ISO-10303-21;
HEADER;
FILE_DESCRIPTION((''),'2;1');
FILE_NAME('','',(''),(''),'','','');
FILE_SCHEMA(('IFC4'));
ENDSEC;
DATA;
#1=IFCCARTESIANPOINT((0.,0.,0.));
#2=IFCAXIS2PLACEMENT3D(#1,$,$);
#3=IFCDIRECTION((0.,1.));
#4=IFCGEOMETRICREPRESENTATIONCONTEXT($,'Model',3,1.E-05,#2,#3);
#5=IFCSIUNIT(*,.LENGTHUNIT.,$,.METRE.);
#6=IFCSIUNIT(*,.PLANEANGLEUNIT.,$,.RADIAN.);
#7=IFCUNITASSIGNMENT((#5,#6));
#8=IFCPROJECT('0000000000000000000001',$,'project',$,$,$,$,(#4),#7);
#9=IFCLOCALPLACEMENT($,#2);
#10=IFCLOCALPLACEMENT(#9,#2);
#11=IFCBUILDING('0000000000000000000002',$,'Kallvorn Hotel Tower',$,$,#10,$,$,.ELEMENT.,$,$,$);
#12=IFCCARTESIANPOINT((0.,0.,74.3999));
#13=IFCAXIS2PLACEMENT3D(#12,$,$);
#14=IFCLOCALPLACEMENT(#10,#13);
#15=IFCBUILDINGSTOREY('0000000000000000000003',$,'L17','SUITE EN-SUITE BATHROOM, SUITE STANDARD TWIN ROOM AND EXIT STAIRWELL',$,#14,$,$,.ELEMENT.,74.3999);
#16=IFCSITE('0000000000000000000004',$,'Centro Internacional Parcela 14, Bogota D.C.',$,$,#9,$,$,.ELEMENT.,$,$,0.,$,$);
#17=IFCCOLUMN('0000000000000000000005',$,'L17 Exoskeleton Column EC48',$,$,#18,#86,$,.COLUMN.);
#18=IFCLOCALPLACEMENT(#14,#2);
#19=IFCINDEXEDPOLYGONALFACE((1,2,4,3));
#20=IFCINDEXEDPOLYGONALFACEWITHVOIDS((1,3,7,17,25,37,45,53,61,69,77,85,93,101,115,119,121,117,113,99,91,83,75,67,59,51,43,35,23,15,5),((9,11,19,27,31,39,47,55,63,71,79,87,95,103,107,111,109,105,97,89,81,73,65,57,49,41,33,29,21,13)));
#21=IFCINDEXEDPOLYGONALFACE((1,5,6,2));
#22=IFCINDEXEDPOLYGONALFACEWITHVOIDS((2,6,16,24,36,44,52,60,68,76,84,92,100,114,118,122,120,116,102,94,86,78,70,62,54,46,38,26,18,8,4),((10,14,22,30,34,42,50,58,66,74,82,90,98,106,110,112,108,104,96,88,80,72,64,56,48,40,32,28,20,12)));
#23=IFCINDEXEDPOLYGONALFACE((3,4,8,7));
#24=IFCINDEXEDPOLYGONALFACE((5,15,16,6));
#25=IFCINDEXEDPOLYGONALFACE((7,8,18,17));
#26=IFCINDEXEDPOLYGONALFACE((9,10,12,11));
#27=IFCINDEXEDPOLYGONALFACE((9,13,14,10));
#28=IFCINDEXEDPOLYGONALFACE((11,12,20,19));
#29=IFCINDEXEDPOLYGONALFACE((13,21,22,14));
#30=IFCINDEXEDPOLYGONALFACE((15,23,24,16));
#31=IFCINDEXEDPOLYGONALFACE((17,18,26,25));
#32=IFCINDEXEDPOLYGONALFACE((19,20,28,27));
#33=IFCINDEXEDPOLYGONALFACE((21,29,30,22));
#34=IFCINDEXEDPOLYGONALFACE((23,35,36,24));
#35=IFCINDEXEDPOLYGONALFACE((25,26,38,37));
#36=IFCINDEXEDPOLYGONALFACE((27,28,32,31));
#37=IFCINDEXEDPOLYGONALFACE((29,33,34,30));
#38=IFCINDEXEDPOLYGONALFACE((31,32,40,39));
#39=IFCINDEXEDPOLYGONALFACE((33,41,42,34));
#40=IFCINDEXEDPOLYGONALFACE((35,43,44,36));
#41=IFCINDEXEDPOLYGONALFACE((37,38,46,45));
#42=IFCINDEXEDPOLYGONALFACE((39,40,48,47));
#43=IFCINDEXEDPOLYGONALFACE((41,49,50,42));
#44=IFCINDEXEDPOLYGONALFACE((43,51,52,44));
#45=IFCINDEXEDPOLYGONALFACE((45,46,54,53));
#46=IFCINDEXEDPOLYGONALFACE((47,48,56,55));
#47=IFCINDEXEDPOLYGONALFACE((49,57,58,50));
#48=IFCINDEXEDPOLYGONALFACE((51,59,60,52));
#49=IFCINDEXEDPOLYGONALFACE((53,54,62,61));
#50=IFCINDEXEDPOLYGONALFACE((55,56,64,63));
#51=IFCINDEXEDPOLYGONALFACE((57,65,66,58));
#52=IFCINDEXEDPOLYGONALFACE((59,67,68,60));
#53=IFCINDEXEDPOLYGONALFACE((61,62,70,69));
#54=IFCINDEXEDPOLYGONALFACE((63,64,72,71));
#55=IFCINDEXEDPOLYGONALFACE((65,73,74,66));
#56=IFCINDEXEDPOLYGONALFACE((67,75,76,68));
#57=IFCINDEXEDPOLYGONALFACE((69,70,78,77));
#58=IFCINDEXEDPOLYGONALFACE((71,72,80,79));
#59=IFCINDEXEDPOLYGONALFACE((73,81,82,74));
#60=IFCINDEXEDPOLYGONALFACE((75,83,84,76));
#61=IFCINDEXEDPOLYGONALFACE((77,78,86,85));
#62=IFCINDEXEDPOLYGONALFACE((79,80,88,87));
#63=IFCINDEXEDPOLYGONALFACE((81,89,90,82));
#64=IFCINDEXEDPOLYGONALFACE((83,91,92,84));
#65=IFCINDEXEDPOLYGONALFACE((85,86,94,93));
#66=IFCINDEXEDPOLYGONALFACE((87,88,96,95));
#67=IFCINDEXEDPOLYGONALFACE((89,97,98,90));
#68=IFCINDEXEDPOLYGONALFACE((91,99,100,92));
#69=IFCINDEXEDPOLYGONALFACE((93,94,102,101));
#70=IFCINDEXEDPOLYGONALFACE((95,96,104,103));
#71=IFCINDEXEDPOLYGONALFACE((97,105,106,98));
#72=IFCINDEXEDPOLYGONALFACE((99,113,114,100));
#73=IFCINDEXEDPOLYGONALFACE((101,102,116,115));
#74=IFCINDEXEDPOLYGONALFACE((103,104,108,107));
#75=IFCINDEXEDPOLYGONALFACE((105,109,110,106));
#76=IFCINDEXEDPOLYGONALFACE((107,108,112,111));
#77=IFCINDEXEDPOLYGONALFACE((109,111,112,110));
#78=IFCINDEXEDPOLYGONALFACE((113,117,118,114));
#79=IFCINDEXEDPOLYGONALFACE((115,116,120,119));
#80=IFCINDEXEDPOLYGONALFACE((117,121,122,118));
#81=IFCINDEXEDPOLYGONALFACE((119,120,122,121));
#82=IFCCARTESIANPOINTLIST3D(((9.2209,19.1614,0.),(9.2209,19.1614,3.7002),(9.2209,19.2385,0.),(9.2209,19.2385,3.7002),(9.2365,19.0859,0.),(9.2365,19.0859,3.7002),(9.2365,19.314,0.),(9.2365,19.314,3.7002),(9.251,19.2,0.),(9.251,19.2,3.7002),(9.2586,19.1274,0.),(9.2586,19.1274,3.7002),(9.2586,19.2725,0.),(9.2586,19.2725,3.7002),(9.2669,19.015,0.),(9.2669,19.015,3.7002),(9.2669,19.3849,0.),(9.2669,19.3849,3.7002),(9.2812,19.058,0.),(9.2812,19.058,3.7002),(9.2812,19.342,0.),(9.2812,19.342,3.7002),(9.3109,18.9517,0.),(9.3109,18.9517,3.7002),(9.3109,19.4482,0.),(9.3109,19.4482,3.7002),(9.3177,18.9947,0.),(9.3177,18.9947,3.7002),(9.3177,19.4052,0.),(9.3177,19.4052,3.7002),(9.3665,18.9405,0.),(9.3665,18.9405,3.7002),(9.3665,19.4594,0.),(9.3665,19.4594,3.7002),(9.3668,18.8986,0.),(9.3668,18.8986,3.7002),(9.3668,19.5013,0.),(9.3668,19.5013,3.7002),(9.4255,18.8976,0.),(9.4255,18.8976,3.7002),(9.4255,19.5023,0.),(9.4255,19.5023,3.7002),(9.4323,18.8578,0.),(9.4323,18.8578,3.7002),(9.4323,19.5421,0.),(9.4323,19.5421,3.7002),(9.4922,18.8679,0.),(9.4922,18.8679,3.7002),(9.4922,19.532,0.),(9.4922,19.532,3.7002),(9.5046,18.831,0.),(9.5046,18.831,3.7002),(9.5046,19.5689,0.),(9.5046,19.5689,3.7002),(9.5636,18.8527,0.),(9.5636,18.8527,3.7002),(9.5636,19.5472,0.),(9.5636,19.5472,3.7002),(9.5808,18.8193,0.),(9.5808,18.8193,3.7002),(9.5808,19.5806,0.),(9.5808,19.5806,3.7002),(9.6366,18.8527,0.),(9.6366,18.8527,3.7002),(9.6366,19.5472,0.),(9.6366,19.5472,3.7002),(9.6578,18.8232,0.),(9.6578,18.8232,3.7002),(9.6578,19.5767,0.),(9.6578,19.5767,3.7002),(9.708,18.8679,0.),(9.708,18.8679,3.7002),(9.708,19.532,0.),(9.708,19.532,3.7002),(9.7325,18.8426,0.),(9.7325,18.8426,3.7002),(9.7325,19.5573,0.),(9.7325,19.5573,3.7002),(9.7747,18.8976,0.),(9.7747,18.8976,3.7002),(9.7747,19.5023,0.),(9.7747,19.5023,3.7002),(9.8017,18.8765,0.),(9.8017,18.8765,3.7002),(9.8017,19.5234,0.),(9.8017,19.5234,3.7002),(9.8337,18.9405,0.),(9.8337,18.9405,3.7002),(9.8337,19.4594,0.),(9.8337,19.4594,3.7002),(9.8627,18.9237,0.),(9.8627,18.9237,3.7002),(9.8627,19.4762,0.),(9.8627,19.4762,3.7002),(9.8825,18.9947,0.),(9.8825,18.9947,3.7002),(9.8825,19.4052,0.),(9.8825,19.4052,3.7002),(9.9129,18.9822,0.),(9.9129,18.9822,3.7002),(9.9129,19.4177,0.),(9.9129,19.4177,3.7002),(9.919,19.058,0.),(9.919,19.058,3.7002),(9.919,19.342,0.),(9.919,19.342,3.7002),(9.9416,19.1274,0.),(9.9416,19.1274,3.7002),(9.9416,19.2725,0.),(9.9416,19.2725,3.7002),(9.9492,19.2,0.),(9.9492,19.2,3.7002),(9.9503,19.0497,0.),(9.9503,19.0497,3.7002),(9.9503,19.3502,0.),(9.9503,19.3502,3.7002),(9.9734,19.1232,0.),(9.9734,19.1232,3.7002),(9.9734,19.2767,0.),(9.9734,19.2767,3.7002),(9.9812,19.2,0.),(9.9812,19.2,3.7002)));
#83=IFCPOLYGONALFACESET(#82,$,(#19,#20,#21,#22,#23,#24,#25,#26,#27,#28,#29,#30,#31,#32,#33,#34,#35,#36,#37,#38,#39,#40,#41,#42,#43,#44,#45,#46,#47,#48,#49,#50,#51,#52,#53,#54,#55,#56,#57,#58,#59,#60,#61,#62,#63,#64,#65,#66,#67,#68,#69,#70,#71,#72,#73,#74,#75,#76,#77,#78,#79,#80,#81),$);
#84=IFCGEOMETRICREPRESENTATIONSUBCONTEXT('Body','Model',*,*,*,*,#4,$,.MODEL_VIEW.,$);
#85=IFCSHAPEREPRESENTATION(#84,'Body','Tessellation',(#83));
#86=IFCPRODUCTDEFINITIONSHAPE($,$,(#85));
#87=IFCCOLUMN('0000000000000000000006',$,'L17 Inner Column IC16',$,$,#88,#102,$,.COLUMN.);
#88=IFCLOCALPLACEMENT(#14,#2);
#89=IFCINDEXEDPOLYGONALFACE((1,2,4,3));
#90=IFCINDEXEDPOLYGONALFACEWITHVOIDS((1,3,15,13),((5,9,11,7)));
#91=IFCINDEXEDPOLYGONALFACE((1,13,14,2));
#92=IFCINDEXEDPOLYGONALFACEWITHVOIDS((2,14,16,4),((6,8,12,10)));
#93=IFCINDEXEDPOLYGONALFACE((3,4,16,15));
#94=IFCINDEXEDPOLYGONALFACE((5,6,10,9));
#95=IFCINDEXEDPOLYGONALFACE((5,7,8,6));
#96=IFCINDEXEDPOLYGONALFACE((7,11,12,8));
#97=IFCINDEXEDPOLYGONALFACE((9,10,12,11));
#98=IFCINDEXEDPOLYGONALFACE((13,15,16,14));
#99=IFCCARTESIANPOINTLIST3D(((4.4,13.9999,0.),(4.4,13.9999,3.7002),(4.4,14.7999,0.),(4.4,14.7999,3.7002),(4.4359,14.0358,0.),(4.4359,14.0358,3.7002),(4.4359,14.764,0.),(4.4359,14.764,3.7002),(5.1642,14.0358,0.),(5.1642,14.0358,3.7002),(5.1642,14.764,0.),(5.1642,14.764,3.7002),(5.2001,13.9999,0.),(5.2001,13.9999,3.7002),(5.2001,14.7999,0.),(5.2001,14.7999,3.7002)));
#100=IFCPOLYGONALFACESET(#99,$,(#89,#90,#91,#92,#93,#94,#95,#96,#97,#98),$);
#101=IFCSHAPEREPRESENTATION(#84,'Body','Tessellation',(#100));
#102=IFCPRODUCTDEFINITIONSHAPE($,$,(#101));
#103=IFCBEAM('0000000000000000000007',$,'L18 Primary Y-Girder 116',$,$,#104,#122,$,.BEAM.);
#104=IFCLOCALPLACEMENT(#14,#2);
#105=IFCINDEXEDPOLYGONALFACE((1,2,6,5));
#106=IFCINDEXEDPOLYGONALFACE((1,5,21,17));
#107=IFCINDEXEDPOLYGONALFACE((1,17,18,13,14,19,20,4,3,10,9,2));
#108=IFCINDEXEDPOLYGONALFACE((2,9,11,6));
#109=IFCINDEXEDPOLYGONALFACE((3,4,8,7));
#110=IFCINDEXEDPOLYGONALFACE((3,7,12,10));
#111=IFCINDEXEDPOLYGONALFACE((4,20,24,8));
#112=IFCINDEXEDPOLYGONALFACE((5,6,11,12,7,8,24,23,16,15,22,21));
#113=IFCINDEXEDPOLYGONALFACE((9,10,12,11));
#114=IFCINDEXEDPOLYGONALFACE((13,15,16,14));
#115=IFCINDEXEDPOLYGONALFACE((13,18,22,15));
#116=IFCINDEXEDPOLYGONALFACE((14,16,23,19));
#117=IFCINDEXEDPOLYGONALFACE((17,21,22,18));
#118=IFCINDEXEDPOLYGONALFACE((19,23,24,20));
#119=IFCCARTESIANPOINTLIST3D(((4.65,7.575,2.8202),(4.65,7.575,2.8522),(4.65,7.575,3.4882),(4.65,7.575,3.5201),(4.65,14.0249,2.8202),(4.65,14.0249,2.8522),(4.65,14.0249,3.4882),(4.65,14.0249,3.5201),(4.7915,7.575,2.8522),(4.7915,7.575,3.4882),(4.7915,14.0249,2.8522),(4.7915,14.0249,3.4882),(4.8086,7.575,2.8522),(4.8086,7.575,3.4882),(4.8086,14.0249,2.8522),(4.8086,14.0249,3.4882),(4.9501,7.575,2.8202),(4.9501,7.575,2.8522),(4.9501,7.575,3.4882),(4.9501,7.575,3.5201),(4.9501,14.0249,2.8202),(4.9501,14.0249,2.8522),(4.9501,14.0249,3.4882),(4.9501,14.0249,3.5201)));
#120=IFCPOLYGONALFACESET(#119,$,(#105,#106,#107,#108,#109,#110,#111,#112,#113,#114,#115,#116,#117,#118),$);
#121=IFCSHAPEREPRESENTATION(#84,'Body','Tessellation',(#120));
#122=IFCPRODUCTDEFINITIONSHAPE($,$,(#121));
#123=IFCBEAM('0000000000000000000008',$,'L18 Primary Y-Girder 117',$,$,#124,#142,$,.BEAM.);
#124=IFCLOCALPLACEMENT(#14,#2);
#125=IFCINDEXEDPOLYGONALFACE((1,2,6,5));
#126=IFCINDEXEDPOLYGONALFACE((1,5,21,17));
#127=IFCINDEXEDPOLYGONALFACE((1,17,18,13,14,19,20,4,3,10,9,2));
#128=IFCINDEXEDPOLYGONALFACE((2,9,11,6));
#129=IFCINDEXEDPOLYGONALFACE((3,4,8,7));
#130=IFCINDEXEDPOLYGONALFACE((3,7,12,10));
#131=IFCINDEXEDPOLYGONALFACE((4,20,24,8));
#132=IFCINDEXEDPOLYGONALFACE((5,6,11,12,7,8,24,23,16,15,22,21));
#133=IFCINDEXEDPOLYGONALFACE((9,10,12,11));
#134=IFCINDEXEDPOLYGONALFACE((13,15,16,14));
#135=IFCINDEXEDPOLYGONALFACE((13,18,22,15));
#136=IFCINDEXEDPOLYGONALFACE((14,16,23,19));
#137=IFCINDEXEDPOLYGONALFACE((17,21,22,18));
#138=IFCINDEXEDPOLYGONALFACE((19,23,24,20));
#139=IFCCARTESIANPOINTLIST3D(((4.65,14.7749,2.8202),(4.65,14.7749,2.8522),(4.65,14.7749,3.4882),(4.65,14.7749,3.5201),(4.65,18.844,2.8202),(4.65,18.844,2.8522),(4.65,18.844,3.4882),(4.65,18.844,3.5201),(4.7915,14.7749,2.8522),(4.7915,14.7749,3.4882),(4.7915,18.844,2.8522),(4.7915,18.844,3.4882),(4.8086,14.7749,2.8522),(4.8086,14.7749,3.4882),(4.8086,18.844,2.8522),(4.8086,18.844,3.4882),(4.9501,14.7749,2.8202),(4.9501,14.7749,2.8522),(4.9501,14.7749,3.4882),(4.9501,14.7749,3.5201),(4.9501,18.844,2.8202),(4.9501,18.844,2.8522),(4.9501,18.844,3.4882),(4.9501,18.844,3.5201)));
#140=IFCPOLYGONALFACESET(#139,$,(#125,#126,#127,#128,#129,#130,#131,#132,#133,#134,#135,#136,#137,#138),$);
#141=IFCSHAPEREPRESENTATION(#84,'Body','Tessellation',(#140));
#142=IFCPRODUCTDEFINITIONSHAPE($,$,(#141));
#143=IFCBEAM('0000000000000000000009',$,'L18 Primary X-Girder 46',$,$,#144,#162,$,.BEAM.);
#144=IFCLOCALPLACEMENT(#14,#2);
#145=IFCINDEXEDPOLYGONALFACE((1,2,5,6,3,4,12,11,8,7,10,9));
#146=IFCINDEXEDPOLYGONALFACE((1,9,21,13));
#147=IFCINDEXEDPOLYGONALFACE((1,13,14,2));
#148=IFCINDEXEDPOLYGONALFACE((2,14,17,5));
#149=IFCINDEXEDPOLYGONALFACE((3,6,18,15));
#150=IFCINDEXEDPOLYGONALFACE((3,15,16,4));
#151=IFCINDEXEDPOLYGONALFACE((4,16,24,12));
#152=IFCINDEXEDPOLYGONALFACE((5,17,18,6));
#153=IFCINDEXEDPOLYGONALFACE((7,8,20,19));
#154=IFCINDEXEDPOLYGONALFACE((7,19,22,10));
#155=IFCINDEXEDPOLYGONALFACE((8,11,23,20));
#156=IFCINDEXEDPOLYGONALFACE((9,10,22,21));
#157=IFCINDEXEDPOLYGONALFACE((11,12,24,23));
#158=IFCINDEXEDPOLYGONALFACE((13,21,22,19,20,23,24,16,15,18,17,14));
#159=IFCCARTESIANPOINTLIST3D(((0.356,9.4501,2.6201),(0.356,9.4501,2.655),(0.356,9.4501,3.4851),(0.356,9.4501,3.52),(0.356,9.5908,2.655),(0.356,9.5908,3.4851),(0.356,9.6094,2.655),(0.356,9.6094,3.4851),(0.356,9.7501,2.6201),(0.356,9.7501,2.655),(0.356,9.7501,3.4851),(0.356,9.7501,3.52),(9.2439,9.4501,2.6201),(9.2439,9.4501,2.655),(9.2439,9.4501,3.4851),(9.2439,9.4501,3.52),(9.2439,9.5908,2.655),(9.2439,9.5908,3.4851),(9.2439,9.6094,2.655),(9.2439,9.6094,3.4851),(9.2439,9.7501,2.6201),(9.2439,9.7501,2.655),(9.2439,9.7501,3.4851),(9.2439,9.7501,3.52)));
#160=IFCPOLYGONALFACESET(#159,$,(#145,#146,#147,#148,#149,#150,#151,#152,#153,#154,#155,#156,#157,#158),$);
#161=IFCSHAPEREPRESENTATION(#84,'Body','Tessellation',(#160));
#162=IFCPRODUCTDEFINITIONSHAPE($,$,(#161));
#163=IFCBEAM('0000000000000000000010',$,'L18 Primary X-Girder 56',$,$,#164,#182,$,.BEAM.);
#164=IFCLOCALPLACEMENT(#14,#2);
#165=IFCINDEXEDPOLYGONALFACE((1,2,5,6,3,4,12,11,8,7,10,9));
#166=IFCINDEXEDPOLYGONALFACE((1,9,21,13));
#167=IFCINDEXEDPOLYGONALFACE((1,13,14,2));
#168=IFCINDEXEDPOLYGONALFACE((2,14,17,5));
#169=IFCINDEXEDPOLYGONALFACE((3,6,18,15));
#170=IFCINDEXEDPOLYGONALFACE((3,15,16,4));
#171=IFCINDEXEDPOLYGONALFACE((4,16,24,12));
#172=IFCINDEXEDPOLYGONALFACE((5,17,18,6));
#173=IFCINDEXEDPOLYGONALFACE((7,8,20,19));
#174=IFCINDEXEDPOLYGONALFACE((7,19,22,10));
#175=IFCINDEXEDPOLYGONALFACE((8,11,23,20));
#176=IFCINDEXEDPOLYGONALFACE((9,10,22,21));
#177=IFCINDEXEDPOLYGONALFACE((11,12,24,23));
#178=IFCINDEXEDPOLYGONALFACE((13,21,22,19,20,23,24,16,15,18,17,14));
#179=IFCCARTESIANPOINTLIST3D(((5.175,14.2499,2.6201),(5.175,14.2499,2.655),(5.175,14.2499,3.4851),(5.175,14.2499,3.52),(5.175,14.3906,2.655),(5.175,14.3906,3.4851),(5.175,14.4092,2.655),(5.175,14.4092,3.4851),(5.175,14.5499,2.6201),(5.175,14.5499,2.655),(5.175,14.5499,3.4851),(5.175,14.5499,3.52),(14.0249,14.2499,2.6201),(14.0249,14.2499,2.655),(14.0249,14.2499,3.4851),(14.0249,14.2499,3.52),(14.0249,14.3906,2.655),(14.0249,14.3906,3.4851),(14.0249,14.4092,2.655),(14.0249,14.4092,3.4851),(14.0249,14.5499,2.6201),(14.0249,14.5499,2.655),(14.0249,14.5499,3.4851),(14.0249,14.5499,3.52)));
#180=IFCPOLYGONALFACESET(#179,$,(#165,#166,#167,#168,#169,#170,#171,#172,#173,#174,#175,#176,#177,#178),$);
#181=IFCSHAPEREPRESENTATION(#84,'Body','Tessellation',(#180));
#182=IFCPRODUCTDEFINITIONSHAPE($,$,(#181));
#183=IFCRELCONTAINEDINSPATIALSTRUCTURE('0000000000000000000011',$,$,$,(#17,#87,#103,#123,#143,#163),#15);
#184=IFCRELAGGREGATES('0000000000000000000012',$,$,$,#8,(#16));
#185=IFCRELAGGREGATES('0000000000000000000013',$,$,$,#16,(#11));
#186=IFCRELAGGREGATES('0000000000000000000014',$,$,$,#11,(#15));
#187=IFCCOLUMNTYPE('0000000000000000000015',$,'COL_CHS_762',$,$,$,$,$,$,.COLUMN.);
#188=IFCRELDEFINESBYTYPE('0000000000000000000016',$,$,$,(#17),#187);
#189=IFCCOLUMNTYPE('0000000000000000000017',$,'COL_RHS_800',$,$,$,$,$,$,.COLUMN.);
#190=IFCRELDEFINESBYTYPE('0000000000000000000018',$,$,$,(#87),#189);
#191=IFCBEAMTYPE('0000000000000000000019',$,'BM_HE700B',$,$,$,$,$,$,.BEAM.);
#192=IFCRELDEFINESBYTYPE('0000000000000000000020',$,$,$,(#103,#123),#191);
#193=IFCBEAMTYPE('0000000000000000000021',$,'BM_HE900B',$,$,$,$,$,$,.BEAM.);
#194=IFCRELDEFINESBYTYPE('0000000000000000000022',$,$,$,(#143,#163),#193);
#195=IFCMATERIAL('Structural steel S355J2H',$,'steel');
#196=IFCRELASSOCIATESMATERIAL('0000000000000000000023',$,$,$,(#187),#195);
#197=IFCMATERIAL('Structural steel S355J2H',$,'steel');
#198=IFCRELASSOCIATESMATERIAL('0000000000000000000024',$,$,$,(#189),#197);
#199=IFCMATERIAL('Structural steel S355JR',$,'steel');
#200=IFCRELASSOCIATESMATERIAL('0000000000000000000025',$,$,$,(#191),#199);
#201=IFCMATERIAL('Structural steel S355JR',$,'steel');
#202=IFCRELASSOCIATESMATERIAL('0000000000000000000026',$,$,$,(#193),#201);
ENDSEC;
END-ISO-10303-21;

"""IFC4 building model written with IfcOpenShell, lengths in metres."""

from ifc_helpers import new_model, si_unit, direction, frame, origin, origin_2d, place, context, subcontext, project, spatial, hollow_rectangle, hollow_circle, i_section, extrude, material, material_profile, profile_set, type_object, element, save


model = new_model("IFC4")

# Units and contexts
model_context = context("Model", 3, precision=1e-05, world=origin(), true_north=direction((0.0, 1.0)))
body_context = subcontext(model_context, "Body", "Model", "MODEL_VIEW")
ifc_project = project(units=[si_unit("LENGTHUNIT", "METRE"), si_unit("PLANEANGLEUNIT", "RADIAN")], contexts=[model_context])

# Site, building, storey
site_placement = place(None, origin())
site = spatial("IfcSite", under=ifc_project, at=site_placement, Name="Centro Internacional Parcela 14, Bogota D.C.", CompositionType="ELEMENT", RefElevation=0.0)
building_placement = place(site_placement, origin())
building = spatial("IfcBuilding", under=site, at=building_placement, Name="Kallvorn Hotel Tower", CompositionType="ELEMENT")
storey_placement = place(building_placement, frame((0.0, 0.0, 74.3999)))
storey = spatial("IfcBuildingStorey", under=building, at=storey_placement, Name="L17", Description="SUITE EN-SUITE BATHROOM, SUITE STANDARD TWIN ROOM AND EXIT STAIRWELL", CompositionType="ELEMENT", Elevation=74.3999)

# Columns
ifc_material_1 = material(Name="Structural steel S355J2H", Category="steel")
ifc_material_profile_1 = material_profile(ifc_material_1, hollow_circle(Radius=0.3811, WallThickness=0.032, at=origin_2d()), Name="CHS 762x32")
ifc_profile_set_1 = profile_set([ifc_material_profile_1], Name="Structural steel S355J2H")
column_type_1 = type_object("IfcColumnType", Name="COL_CHS_762", PredefinedType="COLUMN", material=ifc_profile_set_1)
for number, where, z_axis, x_axis, name in (
    (1, (9.6001, 19.2, 0.0), (0.0, 0.0, 1.0), (1.0, 0.0, 0.0), "L17 Exoskeleton Column EC48"),
):
    element("IfcColumn", number, at=place(storey_placement, frame(where, z_axis=z_axis, x_axis=x_axis)), inside=storey, type_object=column_type_1, Name=name, PredefinedType="COLUMN", context=body_context, shape_type="SweptSolid", body=[
        extrude(hollow_circle(Radius=0.3811, WallThickness=0.032, at=origin_2d()), origin(), (0.0, 0.0, 1.0), 3.7002),
    ])
ifc_material_2 = material(Name="Structural steel S355J2H", Category="steel")
ifc_material_profile_2 = material_profile(ifc_material_2, hollow_rectangle(XDim=0.8, YDim=0.8, WallThickness=0.0359, at=origin_2d()), Name="RHS 800x800x36")
ifc_profile_set_2 = profile_set([ifc_material_profile_2], Name="Structural steel S355J2H")
column_type_2 = type_object("IfcColumnType", Name="COL_RHS_800", PredefinedType="COLUMN", material=ifc_profile_set_2)
column_placement = place(storey_placement, frame((4.8, 14.3999, 0.0), z_axis=(0.0, 0.0, 1.0), x_axis=(1.0, 0.0, 0.0)))
element("IfcColumn", 2, at=column_placement, inside=storey, type_object=column_type_2, Name="L17 Inner Column IC16", PredefinedType="COLUMN", context=body_context, shape_type="SweptSolid", body=[
    extrude(hollow_rectangle(XDim=0.8, YDim=0.8, WallThickness=0.0359, at=origin_2d()), origin(), (0.0, 0.0, 1.0), 3.7002),
])

# Beams
ifc_material_3 = material(Name="Structural steel S355JR", Category="steel")
ifc_material_profile_3 = material_profile(ifc_material_3, i_section(OverallWidth=0.3, OverallDepth=0.7, WebThickness=0.0171, FlangeThickness=0.032, at=origin_2d()), Name="HE 700 B")
ifc_profile_set_3 = profile_set([ifc_material_profile_3], Name="Structural steel S355JR")
beam_type_1 = type_object("IfcBeamType", Name="BM_HE700B", PredefinedType="BEAM", material=ifc_profile_set_3)
beam_1_placement = place(storey_placement, frame((4.8, 7.575, 3.1702), z_axis=(0.0, 1.0, 0.0), x_axis=(-1.0, 0.0, 0.0)))
element("IfcBeam", 3, at=beam_1_placement, inside=storey, type_object=beam_type_1, Name="L18 Primary Y-Girder 116", PredefinedType="BEAM", context=body_context, shape_type="SweptSolid", body=[
    extrude(i_section(OverallWidth=0.3, OverallDepth=0.7, WebThickness=0.0171, FlangeThickness=0.032, at=origin_2d()), origin(), (0.0, 0.0, 1.0), 6.45),
])
beam_2_placement = place(storey_placement, frame((4.8, 14.7749, 3.1702), z_axis=(0.0, 1.0, 0.0), x_axis=(-1.0, 0.0, 0.0)))
element("IfcBeam", 4, at=beam_2_placement, inside=storey, type_object=beam_type_1, Name="L18 Primary Y-Girder 117", PredefinedType="BEAM", context=body_context, shape_type="SweptSolid", body=[
    extrude(i_section(OverallWidth=0.3, OverallDepth=0.7, WebThickness=0.0171, FlangeThickness=0.032, at=origin_2d()), origin(), (0.0, 0.0, 1.0), 4.0691),
])
ifc_material_4 = material(Name="Structural steel S355JR", Category="steel")
ifc_material_profile_4 = material_profile(ifc_material_4, i_section(OverallWidth=0.3, OverallDepth=0.8999, WebThickness=0.0186, FlangeThickness=0.0349, at=origin_2d()), Name="HE 900 B")
ifc_profile_set_4 = profile_set([ifc_material_profile_4], Name="Structural steel S355JR")
beam_type_2 = type_object("IfcBeamType", Name="BM_HE900B", PredefinedType="BEAM", material=ifc_profile_set_4)
beam_3_placement = place(storey_placement, frame((0.356, 9.6001, 3.0701), z_axis=(1.0, 0.0, 0.0), x_axis=(0.0, 1.0, 0.0)))
element("IfcBeam", 5, at=beam_3_placement, inside=storey, type_object=beam_type_2, Name="L18 Primary X-Girder 46", PredefinedType="BEAM", context=body_context, shape_type="SweptSolid", body=[
    extrude(i_section(OverallWidth=0.3, OverallDepth=0.8999, WebThickness=0.0186, FlangeThickness=0.0349, at=origin_2d()), origin(), (0.0, 0.0, 1.0), 8.8879),
])
beam_4_placement = place(storey_placement, frame((5.175, 14.3999, 3.0701), z_axis=(1.0, 0.0, 0.0), x_axis=(0.0, 1.0, 0.0)))
element("IfcBeam", 6, at=beam_4_placement, inside=storey, type_object=beam_type_2, Name="L18 Primary X-Girder 56", PredefinedType="BEAM", context=body_context, shape_type="SweptSolid", body=[
    extrude(i_section(OverallWidth=0.3, OverallDepth=0.8999, WebThickness=0.0186, FlangeThickness=0.0349, at=origin_2d()), origin(), (0.0, 0.0, 1.0), 8.8499),
])

save(model, "model.ifc")
